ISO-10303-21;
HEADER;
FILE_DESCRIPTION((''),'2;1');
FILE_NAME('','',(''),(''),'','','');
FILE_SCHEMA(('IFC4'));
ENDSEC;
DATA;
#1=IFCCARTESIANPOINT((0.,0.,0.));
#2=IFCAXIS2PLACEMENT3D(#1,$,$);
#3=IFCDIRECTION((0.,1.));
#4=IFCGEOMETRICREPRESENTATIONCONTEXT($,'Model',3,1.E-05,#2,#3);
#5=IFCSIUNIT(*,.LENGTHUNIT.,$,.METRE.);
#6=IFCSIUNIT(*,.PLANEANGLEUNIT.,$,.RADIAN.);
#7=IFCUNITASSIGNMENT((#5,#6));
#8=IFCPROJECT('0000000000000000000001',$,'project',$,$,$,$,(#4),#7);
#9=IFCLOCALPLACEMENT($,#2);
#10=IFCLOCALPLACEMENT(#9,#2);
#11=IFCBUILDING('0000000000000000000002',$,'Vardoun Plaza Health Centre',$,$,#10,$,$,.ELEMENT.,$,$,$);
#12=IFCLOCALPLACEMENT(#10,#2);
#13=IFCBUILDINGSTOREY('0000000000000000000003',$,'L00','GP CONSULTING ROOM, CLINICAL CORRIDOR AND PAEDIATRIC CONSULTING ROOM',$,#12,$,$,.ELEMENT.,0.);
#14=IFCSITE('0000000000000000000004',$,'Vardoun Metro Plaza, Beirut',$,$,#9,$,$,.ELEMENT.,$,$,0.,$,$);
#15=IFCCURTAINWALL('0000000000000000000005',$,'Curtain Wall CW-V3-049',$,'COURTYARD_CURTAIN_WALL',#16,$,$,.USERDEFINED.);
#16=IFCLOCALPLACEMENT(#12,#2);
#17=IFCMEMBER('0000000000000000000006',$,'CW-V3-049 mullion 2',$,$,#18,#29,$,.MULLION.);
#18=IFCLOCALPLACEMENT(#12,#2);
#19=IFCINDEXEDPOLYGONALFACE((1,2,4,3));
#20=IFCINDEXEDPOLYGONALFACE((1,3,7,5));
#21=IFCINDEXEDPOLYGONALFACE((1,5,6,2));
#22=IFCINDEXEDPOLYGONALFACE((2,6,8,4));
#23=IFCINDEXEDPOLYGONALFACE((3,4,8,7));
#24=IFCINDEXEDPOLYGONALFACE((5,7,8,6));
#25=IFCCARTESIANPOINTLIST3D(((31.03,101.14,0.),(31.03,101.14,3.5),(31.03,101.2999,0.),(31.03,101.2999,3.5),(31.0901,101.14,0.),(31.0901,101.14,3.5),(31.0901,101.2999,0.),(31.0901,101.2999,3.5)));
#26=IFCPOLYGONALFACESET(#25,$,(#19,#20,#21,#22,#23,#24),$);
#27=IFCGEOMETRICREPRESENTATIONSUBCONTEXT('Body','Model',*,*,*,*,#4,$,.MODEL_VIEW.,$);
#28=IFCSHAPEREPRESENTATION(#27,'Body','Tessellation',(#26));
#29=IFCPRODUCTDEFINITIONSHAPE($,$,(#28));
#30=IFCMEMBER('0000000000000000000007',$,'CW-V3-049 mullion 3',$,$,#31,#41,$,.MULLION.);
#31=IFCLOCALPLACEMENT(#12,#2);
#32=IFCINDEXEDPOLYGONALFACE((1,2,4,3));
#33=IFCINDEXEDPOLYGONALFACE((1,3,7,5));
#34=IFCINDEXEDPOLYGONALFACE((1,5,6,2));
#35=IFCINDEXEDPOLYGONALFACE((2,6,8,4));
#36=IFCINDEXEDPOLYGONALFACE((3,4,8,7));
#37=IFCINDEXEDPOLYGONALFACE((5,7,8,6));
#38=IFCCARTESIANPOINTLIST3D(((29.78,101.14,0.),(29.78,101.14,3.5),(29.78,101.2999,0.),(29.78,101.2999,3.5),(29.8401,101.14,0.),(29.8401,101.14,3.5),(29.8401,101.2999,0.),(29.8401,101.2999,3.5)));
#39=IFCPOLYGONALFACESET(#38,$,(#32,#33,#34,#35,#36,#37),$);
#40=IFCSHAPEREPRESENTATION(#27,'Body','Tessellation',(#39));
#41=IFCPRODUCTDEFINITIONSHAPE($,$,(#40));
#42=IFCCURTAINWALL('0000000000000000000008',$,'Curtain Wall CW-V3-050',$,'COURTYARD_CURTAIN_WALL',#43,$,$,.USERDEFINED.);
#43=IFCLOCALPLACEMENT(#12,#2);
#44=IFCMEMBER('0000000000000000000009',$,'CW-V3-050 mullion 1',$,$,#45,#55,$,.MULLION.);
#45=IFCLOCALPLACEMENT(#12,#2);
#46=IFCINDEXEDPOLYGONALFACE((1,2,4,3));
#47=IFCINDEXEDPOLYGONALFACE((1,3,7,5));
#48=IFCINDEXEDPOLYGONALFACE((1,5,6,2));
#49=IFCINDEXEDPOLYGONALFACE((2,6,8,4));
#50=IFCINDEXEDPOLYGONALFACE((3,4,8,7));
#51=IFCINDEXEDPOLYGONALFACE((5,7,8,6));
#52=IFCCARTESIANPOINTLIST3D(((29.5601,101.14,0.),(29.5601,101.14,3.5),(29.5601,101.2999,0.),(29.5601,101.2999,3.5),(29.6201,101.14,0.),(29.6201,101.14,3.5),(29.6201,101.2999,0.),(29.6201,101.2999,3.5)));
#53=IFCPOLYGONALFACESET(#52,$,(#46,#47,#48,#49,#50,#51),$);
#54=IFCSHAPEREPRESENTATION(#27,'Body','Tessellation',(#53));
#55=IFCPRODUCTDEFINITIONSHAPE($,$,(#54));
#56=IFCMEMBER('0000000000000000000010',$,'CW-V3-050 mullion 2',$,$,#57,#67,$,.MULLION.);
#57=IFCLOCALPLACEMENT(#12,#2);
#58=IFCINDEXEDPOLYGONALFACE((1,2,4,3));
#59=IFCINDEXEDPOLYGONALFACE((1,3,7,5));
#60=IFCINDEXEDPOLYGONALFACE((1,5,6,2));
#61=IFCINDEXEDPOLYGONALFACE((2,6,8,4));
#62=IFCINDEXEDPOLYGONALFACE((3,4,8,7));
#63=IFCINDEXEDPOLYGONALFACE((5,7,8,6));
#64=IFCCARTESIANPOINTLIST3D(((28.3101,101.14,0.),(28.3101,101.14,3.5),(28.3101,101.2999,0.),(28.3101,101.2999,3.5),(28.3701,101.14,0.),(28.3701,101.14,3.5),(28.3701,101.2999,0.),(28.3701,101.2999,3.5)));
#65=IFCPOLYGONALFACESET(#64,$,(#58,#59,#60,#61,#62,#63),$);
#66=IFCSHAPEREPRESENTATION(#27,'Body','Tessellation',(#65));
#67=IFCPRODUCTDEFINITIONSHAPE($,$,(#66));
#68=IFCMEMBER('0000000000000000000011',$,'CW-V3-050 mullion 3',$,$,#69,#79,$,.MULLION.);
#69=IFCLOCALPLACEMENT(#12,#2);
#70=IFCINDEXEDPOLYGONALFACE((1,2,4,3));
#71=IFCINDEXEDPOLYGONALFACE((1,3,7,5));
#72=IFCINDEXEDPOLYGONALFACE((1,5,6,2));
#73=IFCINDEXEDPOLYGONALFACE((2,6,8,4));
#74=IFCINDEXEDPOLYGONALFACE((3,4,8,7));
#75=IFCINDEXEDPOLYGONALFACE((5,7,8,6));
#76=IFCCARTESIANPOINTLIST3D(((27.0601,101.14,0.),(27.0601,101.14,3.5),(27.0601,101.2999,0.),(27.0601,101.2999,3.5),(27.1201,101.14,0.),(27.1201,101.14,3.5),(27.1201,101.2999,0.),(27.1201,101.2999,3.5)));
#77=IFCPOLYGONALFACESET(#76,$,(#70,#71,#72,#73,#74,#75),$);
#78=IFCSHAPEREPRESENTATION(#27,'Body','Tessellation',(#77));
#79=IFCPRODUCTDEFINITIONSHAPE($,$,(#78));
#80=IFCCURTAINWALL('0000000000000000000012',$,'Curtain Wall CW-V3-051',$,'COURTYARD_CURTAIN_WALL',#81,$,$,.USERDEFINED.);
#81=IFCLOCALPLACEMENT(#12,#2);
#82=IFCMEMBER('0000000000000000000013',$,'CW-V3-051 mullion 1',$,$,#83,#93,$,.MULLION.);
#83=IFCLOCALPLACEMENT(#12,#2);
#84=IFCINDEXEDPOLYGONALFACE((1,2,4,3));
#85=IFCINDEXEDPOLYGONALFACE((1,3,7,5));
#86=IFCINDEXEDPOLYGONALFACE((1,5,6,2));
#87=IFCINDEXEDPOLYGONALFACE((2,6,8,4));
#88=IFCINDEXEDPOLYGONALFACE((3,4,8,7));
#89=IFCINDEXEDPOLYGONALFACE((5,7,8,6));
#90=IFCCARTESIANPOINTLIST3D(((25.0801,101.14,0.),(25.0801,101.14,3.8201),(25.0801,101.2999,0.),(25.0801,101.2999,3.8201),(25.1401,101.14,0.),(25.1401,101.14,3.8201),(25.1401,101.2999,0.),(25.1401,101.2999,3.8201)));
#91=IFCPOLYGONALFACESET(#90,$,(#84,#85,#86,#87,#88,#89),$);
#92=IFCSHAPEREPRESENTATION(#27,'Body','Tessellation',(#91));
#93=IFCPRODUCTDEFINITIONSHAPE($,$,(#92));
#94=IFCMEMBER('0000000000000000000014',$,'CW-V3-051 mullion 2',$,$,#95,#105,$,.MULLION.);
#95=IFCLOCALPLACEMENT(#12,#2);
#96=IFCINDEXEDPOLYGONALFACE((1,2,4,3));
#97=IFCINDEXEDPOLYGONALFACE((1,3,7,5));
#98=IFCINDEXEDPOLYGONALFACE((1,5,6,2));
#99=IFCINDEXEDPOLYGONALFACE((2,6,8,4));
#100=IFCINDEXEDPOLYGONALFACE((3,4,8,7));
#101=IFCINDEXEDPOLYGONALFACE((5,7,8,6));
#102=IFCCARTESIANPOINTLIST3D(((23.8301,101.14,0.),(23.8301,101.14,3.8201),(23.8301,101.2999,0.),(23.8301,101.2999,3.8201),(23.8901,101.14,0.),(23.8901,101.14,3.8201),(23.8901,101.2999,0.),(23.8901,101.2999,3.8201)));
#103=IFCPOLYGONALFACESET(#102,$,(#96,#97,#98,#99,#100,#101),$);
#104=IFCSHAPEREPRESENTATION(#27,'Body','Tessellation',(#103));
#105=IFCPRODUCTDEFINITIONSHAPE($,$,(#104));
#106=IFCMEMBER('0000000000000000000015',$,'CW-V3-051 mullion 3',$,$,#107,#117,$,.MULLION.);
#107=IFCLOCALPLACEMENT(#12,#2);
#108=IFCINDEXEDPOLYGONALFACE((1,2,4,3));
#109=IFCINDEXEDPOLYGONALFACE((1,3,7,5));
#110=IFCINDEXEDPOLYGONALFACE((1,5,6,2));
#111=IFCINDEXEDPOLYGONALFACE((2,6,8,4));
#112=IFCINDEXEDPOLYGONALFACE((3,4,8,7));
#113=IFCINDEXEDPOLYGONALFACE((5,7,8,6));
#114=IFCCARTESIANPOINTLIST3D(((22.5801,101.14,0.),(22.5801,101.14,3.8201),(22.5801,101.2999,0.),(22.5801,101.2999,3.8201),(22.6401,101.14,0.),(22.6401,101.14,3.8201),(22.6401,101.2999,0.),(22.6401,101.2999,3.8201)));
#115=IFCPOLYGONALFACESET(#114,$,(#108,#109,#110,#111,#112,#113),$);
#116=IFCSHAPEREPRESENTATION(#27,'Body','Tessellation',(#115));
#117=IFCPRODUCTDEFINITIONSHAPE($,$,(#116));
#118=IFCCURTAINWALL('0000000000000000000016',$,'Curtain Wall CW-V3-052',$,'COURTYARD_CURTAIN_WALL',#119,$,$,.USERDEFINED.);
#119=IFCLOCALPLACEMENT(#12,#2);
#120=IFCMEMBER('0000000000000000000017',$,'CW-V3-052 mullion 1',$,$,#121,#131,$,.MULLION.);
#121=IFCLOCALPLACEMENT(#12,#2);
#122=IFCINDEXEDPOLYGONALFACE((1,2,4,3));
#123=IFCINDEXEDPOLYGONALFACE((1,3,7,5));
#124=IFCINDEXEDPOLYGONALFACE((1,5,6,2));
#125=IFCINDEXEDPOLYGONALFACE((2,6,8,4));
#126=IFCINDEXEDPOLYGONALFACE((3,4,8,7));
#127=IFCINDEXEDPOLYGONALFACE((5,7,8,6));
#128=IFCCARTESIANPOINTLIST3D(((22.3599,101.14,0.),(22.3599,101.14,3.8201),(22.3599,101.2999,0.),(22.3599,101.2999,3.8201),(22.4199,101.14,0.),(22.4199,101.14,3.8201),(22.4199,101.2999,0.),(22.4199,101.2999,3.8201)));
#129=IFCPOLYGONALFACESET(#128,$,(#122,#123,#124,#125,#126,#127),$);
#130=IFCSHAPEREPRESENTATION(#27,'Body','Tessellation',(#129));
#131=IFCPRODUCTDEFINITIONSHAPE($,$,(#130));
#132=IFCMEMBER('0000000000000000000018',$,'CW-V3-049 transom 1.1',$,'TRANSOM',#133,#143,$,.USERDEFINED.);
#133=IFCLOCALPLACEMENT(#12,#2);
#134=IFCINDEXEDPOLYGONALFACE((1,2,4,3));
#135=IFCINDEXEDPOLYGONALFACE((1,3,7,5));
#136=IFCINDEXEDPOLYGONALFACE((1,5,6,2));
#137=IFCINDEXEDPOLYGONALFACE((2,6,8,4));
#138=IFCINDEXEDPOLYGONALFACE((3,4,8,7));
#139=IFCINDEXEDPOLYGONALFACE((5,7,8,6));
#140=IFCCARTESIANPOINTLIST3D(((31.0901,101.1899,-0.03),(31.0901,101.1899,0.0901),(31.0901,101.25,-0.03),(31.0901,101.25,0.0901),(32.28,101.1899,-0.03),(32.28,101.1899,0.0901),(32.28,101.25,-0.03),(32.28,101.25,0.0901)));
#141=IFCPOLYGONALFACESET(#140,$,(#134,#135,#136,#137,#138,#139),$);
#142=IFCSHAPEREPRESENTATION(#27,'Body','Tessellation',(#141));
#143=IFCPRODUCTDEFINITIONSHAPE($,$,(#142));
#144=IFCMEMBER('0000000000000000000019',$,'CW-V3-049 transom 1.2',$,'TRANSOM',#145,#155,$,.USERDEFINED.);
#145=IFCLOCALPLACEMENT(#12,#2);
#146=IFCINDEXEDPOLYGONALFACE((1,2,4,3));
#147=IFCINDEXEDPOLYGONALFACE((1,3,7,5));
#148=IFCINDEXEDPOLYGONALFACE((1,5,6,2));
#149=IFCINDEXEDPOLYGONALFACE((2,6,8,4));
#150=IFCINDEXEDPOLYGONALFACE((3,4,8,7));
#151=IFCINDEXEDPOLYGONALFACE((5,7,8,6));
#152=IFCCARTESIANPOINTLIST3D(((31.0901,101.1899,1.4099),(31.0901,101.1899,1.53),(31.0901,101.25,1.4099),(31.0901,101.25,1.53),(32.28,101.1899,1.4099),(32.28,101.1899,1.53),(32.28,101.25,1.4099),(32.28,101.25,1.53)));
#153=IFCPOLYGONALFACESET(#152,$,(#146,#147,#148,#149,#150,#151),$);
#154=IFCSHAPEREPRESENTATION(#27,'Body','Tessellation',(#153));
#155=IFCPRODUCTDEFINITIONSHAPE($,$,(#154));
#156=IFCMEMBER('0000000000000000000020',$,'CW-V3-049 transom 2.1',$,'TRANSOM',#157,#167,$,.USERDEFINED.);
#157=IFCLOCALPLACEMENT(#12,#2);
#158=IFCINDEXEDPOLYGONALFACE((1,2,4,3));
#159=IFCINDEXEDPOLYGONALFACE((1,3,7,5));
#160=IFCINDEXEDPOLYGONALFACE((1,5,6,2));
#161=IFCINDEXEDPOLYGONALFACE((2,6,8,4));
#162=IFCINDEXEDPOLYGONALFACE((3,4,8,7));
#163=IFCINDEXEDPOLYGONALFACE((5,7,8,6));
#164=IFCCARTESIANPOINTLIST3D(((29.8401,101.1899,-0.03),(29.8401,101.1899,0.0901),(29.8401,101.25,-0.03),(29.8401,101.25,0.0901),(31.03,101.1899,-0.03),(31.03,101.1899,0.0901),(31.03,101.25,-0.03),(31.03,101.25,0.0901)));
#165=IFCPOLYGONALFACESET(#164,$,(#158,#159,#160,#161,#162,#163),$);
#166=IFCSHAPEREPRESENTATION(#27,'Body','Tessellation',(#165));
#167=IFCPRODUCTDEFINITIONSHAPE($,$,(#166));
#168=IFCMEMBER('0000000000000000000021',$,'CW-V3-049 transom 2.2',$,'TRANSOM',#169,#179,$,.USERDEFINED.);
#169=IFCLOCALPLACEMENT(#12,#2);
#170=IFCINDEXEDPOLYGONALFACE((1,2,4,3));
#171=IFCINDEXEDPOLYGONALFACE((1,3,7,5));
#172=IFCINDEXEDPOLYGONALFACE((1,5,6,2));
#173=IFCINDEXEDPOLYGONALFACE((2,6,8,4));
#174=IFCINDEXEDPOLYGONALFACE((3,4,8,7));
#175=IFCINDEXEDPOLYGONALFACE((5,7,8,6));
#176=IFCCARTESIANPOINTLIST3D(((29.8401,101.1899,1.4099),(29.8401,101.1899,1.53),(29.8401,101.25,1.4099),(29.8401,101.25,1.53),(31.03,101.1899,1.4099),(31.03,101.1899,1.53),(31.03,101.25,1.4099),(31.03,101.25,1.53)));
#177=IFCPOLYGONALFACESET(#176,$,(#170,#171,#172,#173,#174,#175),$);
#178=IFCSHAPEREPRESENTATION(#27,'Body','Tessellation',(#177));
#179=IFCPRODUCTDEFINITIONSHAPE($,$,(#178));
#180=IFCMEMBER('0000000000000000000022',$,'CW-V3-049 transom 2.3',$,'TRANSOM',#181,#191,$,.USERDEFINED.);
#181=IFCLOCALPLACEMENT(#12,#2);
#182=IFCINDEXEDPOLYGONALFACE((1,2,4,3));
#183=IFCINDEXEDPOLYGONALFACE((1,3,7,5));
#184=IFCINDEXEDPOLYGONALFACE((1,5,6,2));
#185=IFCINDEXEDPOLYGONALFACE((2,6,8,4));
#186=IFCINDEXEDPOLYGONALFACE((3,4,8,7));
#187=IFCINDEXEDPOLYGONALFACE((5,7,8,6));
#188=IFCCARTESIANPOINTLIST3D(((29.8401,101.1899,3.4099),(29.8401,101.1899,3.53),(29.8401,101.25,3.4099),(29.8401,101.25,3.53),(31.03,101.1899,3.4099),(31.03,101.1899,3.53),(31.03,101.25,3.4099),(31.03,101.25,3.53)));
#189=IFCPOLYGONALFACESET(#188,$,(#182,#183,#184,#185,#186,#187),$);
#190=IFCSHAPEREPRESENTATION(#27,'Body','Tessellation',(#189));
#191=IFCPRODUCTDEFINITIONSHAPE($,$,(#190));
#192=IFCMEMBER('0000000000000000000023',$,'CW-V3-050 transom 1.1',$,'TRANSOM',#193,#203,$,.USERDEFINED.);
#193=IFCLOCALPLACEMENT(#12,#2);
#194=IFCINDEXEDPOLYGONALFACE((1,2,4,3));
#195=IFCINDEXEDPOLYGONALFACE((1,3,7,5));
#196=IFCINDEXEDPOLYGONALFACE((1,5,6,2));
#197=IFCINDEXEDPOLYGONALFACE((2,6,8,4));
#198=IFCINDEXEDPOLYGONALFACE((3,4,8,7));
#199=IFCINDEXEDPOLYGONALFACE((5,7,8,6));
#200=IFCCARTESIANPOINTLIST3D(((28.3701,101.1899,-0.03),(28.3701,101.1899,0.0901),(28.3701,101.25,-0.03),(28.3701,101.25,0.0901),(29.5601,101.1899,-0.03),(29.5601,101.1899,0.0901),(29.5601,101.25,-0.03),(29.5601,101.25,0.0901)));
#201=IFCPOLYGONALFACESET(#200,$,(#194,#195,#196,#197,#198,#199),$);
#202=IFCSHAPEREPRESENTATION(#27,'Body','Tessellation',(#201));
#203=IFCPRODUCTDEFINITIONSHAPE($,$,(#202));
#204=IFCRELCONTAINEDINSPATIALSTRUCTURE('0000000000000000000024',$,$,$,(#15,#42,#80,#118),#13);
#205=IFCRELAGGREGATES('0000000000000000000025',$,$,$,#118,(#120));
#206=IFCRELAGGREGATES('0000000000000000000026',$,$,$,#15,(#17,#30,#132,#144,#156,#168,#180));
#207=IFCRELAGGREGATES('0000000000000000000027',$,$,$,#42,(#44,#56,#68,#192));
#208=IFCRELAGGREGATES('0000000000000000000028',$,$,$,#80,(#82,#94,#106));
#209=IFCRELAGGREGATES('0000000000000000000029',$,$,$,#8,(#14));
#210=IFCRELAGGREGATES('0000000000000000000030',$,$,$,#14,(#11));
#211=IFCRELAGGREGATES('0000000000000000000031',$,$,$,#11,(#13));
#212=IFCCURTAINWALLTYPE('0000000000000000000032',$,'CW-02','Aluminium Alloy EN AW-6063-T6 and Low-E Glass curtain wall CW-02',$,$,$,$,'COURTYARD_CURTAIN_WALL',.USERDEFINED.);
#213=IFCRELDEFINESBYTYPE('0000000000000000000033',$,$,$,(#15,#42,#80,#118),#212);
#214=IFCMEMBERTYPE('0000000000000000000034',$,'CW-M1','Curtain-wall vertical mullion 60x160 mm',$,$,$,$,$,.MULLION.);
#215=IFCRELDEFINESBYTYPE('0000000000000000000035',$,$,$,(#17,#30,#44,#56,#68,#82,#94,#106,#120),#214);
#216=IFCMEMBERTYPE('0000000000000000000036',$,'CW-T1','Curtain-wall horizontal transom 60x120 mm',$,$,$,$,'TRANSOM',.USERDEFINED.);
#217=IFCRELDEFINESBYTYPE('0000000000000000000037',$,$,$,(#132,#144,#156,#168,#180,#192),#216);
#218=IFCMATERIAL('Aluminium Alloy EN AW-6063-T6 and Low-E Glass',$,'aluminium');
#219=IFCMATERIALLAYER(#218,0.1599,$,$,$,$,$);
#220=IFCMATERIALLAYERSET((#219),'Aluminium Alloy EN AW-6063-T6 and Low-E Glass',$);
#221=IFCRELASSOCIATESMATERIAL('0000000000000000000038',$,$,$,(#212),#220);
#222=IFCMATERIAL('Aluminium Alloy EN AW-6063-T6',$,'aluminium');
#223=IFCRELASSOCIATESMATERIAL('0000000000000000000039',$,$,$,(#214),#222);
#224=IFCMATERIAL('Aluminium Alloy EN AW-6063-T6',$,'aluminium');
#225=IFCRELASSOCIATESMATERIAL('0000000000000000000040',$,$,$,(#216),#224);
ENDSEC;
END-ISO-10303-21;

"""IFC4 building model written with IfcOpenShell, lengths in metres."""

from ifc_helpers import new_model, si_unit, direction, frame, origin, origin_2d, place, context, subcontext, project, spatial, rectangle, extrude, material, layer, layer_set, material_profile, profile_set, type_object, element, aggregate, save


model = new_model("IFC4")

# Units and contexts
model_context = context("Model", 3, precision=1e-05, world=origin(), true_north=direction((0.0, 1.0)))
body_context = subcontext(model_context, "Body", "Model", "MODEL_VIEW")
ifc_project = project(units=[si_unit("LENGTHUNIT", "METRE"), si_unit("PLANEANGLEUNIT", "RADIAN")], contexts=[model_context])

# Site, building, storey
site_placement = place(None, origin())
site = spatial("IfcSite", under=ifc_project, at=site_placement, Name="Vardoun Metro Plaza, Beirut", CompositionType="ELEMENT", RefElevation=0.0)
building_placement = place(site_placement, origin())
building = spatial("IfcBuilding", under=site, at=building_placement, Name="Vardoun Plaza Health Centre", CompositionType="ELEMENT")
storey_placement = place(building_placement, origin())
storey = spatial("IfcBuildingStorey", under=building, at=storey_placement, Name="L00", Description="GP CONSULTING ROOM, CLINICAL CORRIDOR AND PAEDIATRIC CONSULTING ROOM", CompositionType="ELEMENT", Elevation=0.0)

# Curtain walls, members
ifc_material_1 = material(Name="Aluminium Alloy EN AW-6063-T6 and Low-E Glass", Category="aluminium")
ifc_layer_1 = layer(ifc_material_1, 0.1599)
ifc_layer_set_1 = layer_set([ifc_layer_1], Name="Aluminium Alloy EN AW-6063-T6 and Low-E Glass")
curtain_wall_type = type_object("IfcCurtainWallType", Name="CW-02", Description="Aluminium Alloy EN AW-6063-T6 and Low-E Glass curtain wall CW-02", ElementType="COURTYARD_CURTAIN_WALL", PredefinedType="USERDEFINED", material=ifc_layer_set_1)
curtain_wall_1_placement = place(storey_placement, origin())
curtain_wall_1 = element("IfcCurtainWall", 1, at=curtain_wall_1_placement, inside=storey, type_object=curtain_wall_type, Name="Curtain Wall CW-V3-049", ObjectType="COURTYARD_CURTAIN_WALL", PredefinedType="USERDEFINED")
ifc_material_2 = material(Name="Aluminium Alloy EN AW-6063-T6", Category="aluminium")
ifc_material_profile_1 = material_profile(ifc_material_2, rectangle(XDim=0.1599, YDim=0.0601, at=origin_2d()), Name="CWM 60x160")
ifc_profile_set_1 = profile_set([ifc_material_profile_1], Name="Aluminium Alloy EN AW-6063-T6")
member_type_1 = type_object("IfcMemberType", Name="CW-M1", Description="Curtain-wall vertical mullion 60x160 mm", PredefinedType="MULLION", material=ifc_profile_set_1)
member_1_placement = place(storey_placement, frame((31.0601, 101.22, 0.0), z_axis=(0.0, 0.0, 1.0), x_axis=(0.0, -1.0, 0.0)))
member_1 = element("IfcMember", 2, at=member_1_placement, type_object=member_type_1, Name="CW-V3-049 mullion 2", PredefinedType="MULLION", context=body_context, shape_type="SweptSolid", body=[
    extrude(rectangle(XDim=0.1599, YDim=0.0601, at=origin_2d()), origin(), (0.0, 0.0, 1.0), 3.5),
])
member_2_placement = place(storey_placement, frame((29.8101, 101.22, 0.0), z_axis=(0.0, 0.0, 1.0), x_axis=(0.0, -1.0, 0.0)))
member_2 = element("IfcMember", 3, at=member_2_placement, type_object=member_type_1, Name="CW-V3-049 mullion 3", PredefinedType="MULLION", context=body_context, shape_type="SweptSolid", body=[
    extrude(rectangle(XDim=0.1599, YDim=0.0601, at=origin_2d()), origin(), (0.0, 0.0, 1.0), 3.5),
])
curtain_wall_2_placement = place(storey_placement, origin())
curtain_wall_2 = element("IfcCurtainWall", 4, at=curtain_wall_2_placement, inside=storey, type_object=curtain_wall_type, Name="Curtain Wall CW-V3-050", ObjectType="COURTYARD_CURTAIN_WALL", PredefinedType="USERDEFINED")
member_3_placement = place(storey_placement, frame((29.5901, 101.22, 0.0), z_axis=(0.0, 0.0, 1.0), x_axis=(0.0, -1.0, 0.0)))
member_3 = element("IfcMember", 5, at=member_3_placement, type_object=member_type_1, Name="CW-V3-050 mullion 1", PredefinedType="MULLION", context=body_context, shape_type="SweptSolid", body=[
    extrude(rectangle(XDim=0.1599, YDim=0.0601, at=origin_2d()), origin(), (0.0, 0.0, 1.0), 3.5),
])
member_4_placement = place(storey_placement, frame((28.3401, 101.22, 0.0), z_axis=(0.0, 0.0, 1.0), x_axis=(0.0, -1.0, 0.0)))
member_4 = element("IfcMember", 6, at=member_4_placement, type_object=member_type_1, Name="CW-V3-050 mullion 2", PredefinedType="MULLION", context=body_context, shape_type="SweptSolid", body=[
    extrude(rectangle(XDim=0.1599, YDim=0.0601, at=origin_2d()), origin(), (0.0, 0.0, 1.0), 3.5),
])
member_5_placement = place(storey_placement, frame((27.0901, 101.22, 0.0), z_axis=(0.0, 0.0, 1.0), x_axis=(0.0, -1.0, 0.0)))
member_5 = element("IfcMember", 7, at=member_5_placement, type_object=member_type_1, Name="CW-V3-050 mullion 3", PredefinedType="MULLION", context=body_context, shape_type="SweptSolid", body=[
    extrude(rectangle(XDim=0.1599, YDim=0.0601, at=origin_2d()), origin(), (0.0, 0.0, 1.0), 3.5),
])
curtain_wall_3_placement = place(storey_placement, origin())
curtain_wall_3 = element("IfcCurtainWall", 8, at=curtain_wall_3_placement, inside=storey, type_object=curtain_wall_type, Name="Curtain Wall CW-V3-051", ObjectType="COURTYARD_CURTAIN_WALL", PredefinedType="USERDEFINED")
member_6_placement = place(storey_placement, frame((25.1101, 101.22, 0.0), z_axis=(0.0, 0.0, 1.0), x_axis=(0.0, -1.0, 0.0)))
member_6 = element("IfcMember", 9, at=member_6_placement, type_object=member_type_1, Name="CW-V3-051 mullion 1", PredefinedType="MULLION", context=body_context, shape_type="SweptSolid", body=[
    extrude(rectangle(XDim=0.1599, YDim=0.0601, at=origin_2d()), origin(), (0.0, 0.0, 1.0), 3.8201),
])
member_7_placement = place(storey_placement, frame((23.8601, 101.22, 0.0), z_axis=(0.0, 0.0, 1.0), x_axis=(0.0, -1.0, 0.0)))
member_7 = element("IfcMember", 10, at=member_7_placement, type_object=member_type_1, Name="CW-V3-051 mullion 2", PredefinedType="MULLION", context=body_context, shape_type="SweptSolid", body=[
    extrude(rectangle(XDim=0.1599, YDim=0.0601, at=origin_2d()), origin(), (0.0, 0.0, 1.0), 3.8201),
])
member_8_placement = place(storey_placement, frame((22.6101, 101.22, 0.0), z_axis=(0.0, 0.0, 1.0), x_axis=(0.0, -1.0, 0.0)))
member_8 = element("IfcMember", 11, at=member_8_placement, type_object=member_type_1, Name="CW-V3-051 mullion 3", PredefinedType="MULLION", context=body_context, shape_type="SweptSolid", body=[
    extrude(rectangle(XDim=0.1599, YDim=0.0601, at=origin_2d()), origin(), (0.0, 0.0, 1.0), 3.8201),
])

# Curtain wall, member
curtain_wall_4_placement = place(storey_placement, origin())
curtain_wall_4 = element("IfcCurtainWall", 12, at=curtain_wall_4_placement, inside=storey, type_object=curtain_wall_type, Name="Curtain Wall CW-V3-052", ObjectType="COURTYARD_CURTAIN_WALL", PredefinedType="USERDEFINED")
member_9_placement = place(storey_placement, frame((22.3899, 101.22, 0.0), z_axis=(0.0, 0.0, 1.0), x_axis=(0.0, -1.0, 0.0)))
member_9 = element("IfcMember", 13, at=member_9_placement, type_object=member_type_1, Name="CW-V3-052 mullion 1", PredefinedType="MULLION", context=body_context, shape_type="SweptSolid", body=[
    extrude(rectangle(XDim=0.1599, YDim=0.0601, at=origin_2d()), origin(), (0.0, 0.0, 1.0), 3.8201),
])
aggregate(curtain_wall_4, [member_9])

# Members
ifc_material_3 = material(Name="Aluminium Alloy EN AW-6063-T6", Category="aluminium")
ifc_material_profile_2 = material_profile(ifc_material_3, rectangle(XDim=0.0601, YDim=0.1201, at=origin_2d()), Name="CWT 60x120")
ifc_profile_set_2 = profile_set([ifc_material_profile_2], Name="Aluminium Alloy EN AW-6063-T6")
member_type_2 = type_object("IfcMemberType", Name="CW-T1", Description="Curtain-wall horizontal transom 60x120 mm", ElementType="TRANSOM", PredefinedType="USERDEFINED", material=ifc_profile_set_2)
member_10_placement = place(storey_placement, frame((32.28, 101.22, 0.03), z_axis=(-1.0, 0.0, 0.0), x_axis=(0.0, -1.0, 0.0)))
member_10 = element("IfcMember", 14, at=member_10_placement, type_object=member_type_2, Name="CW-V3-049 transom 1.1", ObjectType="TRANSOM", PredefinedType="USERDEFINED", context=body_context, shape_type="SweptSolid", body=[
    extrude(rectangle(XDim=0.0601, YDim=0.1201, at=origin_2d()), origin(), (0.0, 0.0, 1.0), 1.1899),
])
member_11_placement = place(storey_placement, frame((32.28, 101.22, 1.47), z_axis=(-1.0, 0.0, 0.0), x_axis=(0.0, -1.0, 0.0)))
member_11 = element("IfcMember", 15, at=member_11_placement, type_object=member_type_2, Name="CW-V3-049 transom 1.2", ObjectType="TRANSOM", PredefinedType="USERDEFINED", context=body_context, shape_type="SweptSolid", body=[
    extrude(rectangle(XDim=0.0601, YDim=0.1201, at=origin_2d()), origin(), (0.0, 0.0, 1.0), 1.1899),
])
member_12_placement = place(storey_placement, frame((31.03, 101.22, 0.03), z_axis=(-1.0, 0.0, 0.0), x_axis=(0.0, -1.0, 0.0)))
member_12 = element("IfcMember", 16, at=member_12_placement, type_object=member_type_2, Name="CW-V3-049 transom 2.1", ObjectType="TRANSOM", PredefinedType="USERDEFINED", context=body_context, shape_type="SweptSolid", body=[
    extrude(rectangle(XDim=0.0601, YDim=0.1201, at=origin_2d()), origin(), (0.0, 0.0, 1.0), 1.1899),
])
member_13_placement = place(storey_placement, frame((31.03, 101.22, 1.47), z_axis=(-1.0, 0.0, 0.0), x_axis=(0.0, -1.0, 0.0)))
member_13 = element("IfcMember", 17, at=member_13_placement, type_object=member_type_2, Name="CW-V3-049 transom 2.2", ObjectType="TRANSOM", PredefinedType="USERDEFINED", context=body_context, shape_type="SweptSolid", body=[
    extrude(rectangle(XDim=0.0601, YDim=0.1201, at=origin_2d()), origin(), (0.0, 0.0, 1.0), 1.1899),
])
member_14_placement = place(storey_placement, frame((31.03, 101.22, 3.47), z_axis=(-1.0, 0.0, 0.0), x_axis=(0.0, -1.0, 0.0)))
member_14 = element("IfcMember", 18, at=member_14_placement, type_object=member_type_2, Name="CW-V3-049 transom 2.3", ObjectType="TRANSOM", PredefinedType="USERDEFINED", context=body_context, shape_type="SweptSolid", body=[
    extrude(rectangle(XDim=0.0601, YDim=0.1201, at=origin_2d()), origin(), (0.0, 0.0, 1.0), 1.1899),
])
member_15_placement = place(storey_placement, frame((29.5601, 101.22, 0.03), z_axis=(-1.0, 0.0, 0.0), x_axis=(0.0, -1.0, 0.0)))
member_15 = element("IfcMember", 19, at=member_15_placement, type_object=member_type_2, Name="CW-V3-050 transom 1.1", ObjectType="TRANSOM", PredefinedType="USERDEFINED", context=body_context, shape_type="SweptSolid", body=[
    extrude(rectangle(XDim=0.0601, YDim=0.1201, at=origin_2d()), origin(), (0.0, 0.0, 1.0), 1.1899),
])

aggregate(curtain_wall_1, [member_1, member_2, member_10, member_11, member_12, member_13, member_14])
aggregate(curtain_wall_2, [member_3, member_4, member_5, member_15])
aggregate(curtain_wall_3, [member_6, member_7, member_8])

save(model, "model.ifc")
